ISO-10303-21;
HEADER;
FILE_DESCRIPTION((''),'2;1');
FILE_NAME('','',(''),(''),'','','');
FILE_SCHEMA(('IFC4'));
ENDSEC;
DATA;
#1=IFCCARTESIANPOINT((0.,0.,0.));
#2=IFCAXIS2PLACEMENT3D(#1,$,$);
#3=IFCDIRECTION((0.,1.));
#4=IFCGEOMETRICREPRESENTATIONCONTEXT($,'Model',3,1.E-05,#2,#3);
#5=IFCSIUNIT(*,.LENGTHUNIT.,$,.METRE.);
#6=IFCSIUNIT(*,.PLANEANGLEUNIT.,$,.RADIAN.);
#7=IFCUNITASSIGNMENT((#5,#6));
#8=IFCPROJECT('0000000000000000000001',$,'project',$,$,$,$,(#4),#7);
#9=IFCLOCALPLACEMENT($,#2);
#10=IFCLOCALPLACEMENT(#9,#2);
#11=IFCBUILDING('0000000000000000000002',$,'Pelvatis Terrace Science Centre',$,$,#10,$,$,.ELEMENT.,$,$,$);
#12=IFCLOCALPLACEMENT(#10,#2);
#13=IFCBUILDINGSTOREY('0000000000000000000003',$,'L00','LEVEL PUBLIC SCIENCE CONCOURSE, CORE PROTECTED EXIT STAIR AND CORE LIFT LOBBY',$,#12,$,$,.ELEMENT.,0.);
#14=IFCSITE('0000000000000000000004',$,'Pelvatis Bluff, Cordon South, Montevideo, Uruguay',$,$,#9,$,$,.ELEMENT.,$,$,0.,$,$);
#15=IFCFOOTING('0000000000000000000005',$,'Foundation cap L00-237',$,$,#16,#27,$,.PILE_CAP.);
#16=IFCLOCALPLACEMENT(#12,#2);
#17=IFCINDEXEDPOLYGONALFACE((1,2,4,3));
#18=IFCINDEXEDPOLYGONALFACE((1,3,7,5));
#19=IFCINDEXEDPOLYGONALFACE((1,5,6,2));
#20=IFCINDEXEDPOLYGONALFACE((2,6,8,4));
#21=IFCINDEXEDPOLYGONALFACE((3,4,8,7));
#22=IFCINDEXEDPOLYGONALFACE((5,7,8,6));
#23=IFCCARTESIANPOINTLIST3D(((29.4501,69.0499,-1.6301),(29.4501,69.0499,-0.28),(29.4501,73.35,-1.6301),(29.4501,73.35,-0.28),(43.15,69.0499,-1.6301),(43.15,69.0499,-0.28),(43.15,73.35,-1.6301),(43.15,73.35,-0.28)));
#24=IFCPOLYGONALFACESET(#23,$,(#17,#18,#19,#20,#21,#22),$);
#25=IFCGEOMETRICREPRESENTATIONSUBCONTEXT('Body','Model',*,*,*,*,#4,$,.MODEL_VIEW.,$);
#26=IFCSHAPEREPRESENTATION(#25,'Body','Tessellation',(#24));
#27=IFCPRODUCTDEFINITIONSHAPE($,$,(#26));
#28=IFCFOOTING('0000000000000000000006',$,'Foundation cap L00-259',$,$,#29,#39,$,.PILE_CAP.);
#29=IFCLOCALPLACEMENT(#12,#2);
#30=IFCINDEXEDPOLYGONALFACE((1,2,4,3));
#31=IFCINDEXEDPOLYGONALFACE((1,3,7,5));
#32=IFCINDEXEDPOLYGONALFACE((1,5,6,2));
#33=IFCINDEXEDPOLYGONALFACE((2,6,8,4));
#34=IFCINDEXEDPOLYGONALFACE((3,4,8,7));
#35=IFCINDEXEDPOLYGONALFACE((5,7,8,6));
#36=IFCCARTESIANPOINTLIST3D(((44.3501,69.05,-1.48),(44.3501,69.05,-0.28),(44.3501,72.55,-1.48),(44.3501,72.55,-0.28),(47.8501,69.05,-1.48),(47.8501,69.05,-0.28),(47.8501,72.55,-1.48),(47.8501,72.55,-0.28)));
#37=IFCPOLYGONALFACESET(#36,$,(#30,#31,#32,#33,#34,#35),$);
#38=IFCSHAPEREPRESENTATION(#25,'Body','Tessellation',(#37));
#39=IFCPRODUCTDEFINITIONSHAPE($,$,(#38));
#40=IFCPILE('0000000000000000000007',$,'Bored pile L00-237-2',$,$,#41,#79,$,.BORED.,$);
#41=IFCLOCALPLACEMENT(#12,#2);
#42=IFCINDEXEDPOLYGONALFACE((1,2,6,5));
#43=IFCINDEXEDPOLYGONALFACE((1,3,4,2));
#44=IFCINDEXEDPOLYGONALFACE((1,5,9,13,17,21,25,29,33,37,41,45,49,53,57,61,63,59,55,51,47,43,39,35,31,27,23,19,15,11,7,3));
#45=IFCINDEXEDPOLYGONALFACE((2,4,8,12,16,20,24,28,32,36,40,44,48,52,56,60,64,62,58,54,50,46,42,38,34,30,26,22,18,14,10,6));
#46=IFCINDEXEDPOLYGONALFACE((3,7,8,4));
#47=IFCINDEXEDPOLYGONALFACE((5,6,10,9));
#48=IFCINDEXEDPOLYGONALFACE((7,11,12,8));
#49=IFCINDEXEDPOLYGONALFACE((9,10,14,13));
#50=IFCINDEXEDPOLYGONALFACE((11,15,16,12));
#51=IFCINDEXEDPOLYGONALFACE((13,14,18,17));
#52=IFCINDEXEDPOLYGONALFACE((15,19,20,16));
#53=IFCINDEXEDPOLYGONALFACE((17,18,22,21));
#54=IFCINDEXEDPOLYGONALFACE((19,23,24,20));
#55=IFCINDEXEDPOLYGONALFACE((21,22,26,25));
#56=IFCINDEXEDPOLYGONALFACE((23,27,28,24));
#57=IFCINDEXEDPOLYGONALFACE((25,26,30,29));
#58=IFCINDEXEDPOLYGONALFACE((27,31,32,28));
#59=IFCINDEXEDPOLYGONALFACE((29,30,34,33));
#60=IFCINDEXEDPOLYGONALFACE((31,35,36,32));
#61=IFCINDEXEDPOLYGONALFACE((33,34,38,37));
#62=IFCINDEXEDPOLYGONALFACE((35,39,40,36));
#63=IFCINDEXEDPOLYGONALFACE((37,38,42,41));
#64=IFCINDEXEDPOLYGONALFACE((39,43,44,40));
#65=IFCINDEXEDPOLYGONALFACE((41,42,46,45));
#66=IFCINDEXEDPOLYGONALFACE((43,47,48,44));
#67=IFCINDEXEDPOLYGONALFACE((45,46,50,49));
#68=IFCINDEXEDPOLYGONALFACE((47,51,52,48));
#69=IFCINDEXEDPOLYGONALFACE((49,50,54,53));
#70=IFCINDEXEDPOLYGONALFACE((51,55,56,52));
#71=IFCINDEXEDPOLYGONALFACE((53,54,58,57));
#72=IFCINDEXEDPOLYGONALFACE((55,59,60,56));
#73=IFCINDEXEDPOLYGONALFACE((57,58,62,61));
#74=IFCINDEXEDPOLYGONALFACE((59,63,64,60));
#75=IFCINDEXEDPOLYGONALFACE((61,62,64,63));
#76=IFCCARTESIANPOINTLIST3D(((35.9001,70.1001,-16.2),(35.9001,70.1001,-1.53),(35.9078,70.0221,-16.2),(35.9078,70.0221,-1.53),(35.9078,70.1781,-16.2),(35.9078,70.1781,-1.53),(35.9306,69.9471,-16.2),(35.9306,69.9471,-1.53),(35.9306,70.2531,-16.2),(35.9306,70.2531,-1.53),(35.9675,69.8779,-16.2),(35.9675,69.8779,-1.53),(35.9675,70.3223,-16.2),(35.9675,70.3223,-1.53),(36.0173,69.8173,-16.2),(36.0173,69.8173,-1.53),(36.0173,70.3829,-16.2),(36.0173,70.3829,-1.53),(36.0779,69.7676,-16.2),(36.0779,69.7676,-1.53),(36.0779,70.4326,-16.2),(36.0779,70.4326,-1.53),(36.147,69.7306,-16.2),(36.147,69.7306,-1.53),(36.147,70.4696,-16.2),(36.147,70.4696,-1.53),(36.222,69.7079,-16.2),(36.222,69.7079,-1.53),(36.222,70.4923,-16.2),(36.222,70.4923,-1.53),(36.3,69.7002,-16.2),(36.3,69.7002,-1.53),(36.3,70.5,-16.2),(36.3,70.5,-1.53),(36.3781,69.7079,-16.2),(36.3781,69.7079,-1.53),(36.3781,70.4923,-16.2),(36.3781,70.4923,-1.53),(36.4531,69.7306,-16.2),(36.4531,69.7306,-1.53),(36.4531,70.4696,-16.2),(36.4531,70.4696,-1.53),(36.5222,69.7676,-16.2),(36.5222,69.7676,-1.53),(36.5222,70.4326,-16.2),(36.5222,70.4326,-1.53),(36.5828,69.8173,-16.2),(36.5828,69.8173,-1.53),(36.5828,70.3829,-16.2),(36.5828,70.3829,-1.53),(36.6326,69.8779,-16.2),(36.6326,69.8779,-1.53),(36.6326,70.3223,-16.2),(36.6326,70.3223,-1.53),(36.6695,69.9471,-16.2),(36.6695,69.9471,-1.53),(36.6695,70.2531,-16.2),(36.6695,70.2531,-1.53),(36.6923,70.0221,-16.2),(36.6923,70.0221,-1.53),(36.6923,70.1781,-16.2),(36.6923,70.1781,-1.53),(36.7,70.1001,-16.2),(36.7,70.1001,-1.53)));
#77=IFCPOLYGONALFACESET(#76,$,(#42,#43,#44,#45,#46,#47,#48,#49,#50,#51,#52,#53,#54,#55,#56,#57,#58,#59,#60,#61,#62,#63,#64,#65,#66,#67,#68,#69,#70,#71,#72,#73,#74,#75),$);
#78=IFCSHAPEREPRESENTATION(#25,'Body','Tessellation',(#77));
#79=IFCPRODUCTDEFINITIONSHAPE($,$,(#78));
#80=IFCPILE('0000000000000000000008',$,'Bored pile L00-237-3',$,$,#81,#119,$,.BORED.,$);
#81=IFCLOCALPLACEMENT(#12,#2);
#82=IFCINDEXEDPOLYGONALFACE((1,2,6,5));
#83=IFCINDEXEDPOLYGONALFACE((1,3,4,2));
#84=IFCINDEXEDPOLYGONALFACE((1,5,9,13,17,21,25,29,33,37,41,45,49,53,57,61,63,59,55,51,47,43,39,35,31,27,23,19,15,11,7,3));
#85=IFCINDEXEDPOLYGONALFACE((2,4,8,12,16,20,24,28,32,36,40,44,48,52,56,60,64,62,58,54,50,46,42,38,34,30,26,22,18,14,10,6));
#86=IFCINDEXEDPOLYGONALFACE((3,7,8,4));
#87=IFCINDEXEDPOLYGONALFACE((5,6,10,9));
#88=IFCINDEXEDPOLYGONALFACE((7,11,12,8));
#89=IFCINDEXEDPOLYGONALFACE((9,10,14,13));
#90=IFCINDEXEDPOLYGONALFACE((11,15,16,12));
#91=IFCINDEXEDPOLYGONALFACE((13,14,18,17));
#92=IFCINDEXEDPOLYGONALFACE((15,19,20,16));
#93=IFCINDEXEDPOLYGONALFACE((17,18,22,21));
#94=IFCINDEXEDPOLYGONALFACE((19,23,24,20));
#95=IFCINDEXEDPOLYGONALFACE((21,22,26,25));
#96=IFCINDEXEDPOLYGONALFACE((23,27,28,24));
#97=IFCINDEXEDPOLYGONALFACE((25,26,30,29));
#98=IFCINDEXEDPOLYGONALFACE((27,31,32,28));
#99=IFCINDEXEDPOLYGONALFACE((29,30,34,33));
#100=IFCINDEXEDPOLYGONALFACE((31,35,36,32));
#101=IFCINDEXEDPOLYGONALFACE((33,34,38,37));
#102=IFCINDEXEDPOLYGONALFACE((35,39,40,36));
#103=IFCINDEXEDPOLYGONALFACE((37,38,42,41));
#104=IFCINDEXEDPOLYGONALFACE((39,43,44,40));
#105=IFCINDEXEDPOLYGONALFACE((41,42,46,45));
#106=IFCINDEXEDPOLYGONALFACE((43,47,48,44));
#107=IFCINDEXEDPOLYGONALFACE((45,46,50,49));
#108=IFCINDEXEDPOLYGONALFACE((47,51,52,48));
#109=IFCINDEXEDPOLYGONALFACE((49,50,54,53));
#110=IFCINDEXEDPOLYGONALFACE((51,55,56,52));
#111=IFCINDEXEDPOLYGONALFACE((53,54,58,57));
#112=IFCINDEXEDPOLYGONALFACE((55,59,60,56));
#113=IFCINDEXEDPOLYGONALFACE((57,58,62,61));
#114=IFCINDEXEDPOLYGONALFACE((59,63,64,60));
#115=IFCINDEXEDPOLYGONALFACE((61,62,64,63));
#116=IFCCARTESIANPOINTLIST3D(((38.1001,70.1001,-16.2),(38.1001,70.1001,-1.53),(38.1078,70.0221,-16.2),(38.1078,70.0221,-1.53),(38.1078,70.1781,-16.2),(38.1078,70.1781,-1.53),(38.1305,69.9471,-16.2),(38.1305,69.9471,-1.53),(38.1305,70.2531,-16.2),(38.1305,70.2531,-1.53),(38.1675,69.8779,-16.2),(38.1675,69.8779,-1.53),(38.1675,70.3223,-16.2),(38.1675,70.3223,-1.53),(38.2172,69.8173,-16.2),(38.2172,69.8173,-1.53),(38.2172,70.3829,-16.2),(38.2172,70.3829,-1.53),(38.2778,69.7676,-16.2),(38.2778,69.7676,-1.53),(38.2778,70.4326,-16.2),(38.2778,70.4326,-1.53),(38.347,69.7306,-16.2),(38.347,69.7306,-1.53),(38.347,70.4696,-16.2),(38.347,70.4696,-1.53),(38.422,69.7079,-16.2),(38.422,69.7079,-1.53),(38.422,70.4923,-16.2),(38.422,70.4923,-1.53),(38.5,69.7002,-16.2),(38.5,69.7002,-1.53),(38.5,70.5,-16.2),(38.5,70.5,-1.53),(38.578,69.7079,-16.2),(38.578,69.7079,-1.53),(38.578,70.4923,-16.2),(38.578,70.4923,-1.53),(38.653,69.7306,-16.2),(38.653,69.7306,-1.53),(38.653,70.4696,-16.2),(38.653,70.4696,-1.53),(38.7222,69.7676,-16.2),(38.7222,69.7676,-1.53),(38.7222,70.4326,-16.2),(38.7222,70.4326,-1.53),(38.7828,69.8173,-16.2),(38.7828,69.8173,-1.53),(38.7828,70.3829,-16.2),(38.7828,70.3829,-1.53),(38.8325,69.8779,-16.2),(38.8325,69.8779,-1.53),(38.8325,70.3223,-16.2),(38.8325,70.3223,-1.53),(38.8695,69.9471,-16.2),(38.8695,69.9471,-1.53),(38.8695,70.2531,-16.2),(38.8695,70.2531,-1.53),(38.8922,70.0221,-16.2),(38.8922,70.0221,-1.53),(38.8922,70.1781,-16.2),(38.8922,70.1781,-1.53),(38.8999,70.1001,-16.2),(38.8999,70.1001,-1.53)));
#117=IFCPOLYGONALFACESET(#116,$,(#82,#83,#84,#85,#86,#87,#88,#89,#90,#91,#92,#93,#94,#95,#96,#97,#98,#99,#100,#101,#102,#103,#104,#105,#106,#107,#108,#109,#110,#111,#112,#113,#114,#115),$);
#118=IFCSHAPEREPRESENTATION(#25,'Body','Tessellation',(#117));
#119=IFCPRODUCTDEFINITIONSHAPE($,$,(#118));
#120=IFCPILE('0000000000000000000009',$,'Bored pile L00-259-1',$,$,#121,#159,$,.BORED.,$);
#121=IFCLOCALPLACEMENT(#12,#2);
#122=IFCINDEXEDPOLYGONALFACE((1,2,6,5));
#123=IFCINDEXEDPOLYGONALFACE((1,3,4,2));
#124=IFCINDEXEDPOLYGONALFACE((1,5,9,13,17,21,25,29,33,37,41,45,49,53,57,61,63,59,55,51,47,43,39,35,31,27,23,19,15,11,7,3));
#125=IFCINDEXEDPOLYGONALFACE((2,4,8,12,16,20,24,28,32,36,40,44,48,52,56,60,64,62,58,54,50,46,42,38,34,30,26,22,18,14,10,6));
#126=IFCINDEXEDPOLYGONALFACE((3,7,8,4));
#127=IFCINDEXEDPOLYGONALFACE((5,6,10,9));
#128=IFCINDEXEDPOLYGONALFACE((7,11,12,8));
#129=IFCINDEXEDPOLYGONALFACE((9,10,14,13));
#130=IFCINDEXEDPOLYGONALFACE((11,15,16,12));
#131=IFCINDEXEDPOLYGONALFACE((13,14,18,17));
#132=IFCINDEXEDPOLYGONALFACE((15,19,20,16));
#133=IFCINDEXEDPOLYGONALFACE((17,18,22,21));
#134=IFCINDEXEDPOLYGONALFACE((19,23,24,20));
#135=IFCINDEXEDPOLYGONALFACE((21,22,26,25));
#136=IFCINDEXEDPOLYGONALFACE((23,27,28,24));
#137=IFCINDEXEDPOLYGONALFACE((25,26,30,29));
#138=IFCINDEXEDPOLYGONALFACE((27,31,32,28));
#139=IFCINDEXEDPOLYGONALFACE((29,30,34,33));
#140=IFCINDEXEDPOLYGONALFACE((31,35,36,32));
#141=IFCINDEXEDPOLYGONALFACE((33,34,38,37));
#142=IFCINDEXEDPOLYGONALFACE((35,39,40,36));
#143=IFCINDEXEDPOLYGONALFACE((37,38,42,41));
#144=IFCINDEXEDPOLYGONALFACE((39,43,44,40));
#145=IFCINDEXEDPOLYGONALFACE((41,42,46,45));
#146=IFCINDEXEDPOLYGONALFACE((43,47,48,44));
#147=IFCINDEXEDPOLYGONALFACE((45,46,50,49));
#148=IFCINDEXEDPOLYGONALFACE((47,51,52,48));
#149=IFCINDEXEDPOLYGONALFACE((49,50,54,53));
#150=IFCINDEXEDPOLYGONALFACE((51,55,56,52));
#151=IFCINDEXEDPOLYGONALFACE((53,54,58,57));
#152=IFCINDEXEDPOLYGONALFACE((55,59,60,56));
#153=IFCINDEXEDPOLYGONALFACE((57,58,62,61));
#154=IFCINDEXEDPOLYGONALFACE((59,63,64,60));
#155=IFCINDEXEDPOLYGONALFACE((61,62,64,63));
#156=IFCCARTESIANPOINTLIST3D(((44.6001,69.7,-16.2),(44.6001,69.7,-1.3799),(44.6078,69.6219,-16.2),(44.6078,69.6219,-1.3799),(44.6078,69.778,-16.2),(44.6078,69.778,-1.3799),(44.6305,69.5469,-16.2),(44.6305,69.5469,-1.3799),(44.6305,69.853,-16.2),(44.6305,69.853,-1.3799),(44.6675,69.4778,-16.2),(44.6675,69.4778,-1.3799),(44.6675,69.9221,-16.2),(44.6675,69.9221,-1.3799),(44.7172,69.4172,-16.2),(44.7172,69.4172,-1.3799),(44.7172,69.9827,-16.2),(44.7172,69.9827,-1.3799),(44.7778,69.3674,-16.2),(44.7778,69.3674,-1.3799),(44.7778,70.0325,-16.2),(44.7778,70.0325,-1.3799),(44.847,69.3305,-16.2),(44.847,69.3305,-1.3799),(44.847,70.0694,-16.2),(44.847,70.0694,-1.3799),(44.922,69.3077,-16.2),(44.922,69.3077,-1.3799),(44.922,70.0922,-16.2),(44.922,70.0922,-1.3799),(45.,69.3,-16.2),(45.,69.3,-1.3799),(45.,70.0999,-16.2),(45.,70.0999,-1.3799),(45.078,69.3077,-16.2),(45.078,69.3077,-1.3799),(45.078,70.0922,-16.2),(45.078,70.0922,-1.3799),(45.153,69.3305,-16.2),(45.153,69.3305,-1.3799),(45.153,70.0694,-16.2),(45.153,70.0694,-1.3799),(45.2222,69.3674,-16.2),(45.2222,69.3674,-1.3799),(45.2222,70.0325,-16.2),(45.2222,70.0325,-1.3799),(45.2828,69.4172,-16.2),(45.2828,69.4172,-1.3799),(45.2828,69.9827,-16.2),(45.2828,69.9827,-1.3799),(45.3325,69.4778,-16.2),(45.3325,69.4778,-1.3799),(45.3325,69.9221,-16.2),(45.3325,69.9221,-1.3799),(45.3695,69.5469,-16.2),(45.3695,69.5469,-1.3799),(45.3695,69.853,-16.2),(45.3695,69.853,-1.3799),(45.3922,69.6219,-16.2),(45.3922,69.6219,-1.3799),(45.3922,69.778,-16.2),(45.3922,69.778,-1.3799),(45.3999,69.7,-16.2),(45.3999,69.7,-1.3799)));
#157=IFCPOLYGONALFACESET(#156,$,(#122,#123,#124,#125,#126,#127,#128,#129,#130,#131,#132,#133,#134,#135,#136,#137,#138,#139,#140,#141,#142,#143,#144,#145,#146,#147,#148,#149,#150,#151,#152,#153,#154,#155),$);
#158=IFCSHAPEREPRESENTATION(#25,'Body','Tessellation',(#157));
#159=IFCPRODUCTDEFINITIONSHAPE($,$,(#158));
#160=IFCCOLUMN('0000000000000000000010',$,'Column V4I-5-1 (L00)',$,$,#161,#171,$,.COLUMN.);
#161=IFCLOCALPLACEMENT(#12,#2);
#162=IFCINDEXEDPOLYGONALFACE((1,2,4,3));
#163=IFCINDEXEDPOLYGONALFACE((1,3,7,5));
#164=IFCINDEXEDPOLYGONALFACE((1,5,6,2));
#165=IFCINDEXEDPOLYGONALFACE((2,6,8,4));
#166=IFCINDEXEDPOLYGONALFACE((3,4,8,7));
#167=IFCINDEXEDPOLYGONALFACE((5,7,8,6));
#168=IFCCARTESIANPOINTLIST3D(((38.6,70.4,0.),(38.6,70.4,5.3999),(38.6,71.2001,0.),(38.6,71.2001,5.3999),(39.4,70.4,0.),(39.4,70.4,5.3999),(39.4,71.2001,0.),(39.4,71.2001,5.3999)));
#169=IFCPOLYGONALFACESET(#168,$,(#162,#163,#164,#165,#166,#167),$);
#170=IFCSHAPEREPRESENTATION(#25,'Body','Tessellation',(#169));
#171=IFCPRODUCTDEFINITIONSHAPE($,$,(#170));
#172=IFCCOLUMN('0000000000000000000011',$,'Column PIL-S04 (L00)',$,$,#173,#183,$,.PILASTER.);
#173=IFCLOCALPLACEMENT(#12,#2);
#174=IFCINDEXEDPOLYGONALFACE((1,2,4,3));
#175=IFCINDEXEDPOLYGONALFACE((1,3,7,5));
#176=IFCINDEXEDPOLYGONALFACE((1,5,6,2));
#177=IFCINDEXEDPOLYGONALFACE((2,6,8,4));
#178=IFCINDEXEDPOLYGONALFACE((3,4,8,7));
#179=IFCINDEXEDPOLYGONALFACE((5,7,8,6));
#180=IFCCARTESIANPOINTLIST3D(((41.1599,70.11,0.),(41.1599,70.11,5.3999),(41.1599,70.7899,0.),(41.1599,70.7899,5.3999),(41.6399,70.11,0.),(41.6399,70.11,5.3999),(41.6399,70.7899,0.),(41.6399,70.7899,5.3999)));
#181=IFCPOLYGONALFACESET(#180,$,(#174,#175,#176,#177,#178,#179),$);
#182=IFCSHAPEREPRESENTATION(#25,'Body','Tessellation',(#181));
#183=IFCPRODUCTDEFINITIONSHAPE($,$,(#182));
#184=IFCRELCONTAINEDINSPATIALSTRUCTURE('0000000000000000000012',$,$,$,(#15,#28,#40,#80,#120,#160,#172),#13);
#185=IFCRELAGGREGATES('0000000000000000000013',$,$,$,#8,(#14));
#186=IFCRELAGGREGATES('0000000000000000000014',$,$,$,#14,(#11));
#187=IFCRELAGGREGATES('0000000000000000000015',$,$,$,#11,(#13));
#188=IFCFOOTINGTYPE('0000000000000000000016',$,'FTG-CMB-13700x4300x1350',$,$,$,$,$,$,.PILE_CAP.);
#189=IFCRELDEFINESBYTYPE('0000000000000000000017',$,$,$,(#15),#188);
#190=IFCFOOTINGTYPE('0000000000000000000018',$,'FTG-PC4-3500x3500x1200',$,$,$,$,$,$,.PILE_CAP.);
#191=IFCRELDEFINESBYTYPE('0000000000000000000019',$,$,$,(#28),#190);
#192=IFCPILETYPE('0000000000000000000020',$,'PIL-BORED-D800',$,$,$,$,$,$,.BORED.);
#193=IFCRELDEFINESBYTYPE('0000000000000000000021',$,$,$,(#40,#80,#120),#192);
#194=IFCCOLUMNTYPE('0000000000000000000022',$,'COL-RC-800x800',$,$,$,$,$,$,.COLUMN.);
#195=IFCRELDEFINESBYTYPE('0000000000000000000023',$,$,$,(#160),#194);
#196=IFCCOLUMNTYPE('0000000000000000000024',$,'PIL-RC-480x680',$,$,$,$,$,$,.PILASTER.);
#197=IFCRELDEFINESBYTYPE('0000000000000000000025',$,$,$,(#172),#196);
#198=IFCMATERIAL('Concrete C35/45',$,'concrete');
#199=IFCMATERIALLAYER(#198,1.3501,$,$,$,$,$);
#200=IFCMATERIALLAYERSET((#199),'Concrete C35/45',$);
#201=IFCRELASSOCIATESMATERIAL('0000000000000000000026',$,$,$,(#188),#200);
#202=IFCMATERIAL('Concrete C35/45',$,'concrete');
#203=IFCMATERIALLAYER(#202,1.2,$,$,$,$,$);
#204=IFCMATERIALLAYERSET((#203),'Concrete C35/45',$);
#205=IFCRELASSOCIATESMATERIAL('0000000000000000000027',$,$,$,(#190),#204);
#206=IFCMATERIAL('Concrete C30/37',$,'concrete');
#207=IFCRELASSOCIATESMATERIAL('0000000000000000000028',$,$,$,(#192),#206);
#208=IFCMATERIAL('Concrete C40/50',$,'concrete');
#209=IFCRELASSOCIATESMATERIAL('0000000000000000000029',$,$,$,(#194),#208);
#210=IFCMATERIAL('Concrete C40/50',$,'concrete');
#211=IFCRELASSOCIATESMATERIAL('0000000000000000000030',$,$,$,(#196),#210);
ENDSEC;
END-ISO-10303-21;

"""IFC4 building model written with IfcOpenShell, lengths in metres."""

from ifc_helpers import new_model, si_unit, direction, frame, origin, origin_2d, place, context, subcontext, project, spatial, rectangle, circle, extrude, material, layer, layer_set, material_profile, profile_set, type_object, element, save


model = new_model("IFC4")

# Units and contexts
model_context = context("Model", 3, precision=1e-05, world=origin(), true_north=direction((0.0, 1.0)))
body_context = subcontext(model_context, "Body", "Model", "MODEL_VIEW")
ifc_project = project(units=[si_unit("LENGTHUNIT", "METRE"), si_unit("PLANEANGLEUNIT", "RADIAN")], contexts=[model_context])

# Site, building, storey
site_placement = place(None, origin())
site = spatial("IfcSite", under=ifc_project, at=site_placement, Name="Pelvatis Bluff, Cordon South, Montevideo, Uruguay", CompositionType="ELEMENT", RefElevation=0.0)
building_placement = place(site_placement, origin())
building = spatial("IfcBuilding", under=site, at=building_placement, Name="Pelvatis Terrace Science Centre", CompositionType="ELEMENT")
storey_placement = place(building_placement, origin())
storey = spatial("IfcBuildingStorey", under=building, at=storey_placement, Name="L00", Description="LEVEL PUBLIC SCIENCE CONCOURSE, CORE PROTECTED EXIT STAIR AND CORE LIFT LOBBY", CompositionType="ELEMENT", Elevation=0.0)

# Footings
ifc_material_1 = material(Name="Concrete C35/45", Category="concrete")
ifc_layer_1 = layer(ifc_material_1, 1.3501)
ifc_layer_set_1 = layer_set([ifc_layer_1], Name="Concrete C35/45")
footing_type_1 = type_object("IfcFootingType", Name="FTG-CMB-13700x4300x1350", PredefinedType="PILE_CAP", material=ifc_layer_set_1)
footing_1_placement = place(storey_placement, frame((36.3, 71.2, -1.6301), z_axis=(0.0, 0.0, 1.0), x_axis=(1.0, 0.0, 0.0)))
element("IfcFooting", 1, at=footing_1_placement, inside=storey, type_object=footing_type_1, Name="Foundation cap L00-237", PredefinedType="PILE_CAP", context=body_context, shape_type="SweptSolid", body=[
    extrude(rectangle(XDim=13.7, YDim=4.3, at=origin_2d()), origin(), (0.0, 0.0, 1.0), 1.3501),
])
ifc_material_2 = material(Name="Concrete C35/45", Category="concrete")
ifc_layer_2 = layer(ifc_material_2, 1.2)
ifc_layer_set_2 = layer_set([ifc_layer_2], Name="Concrete C35/45")
footing_type_2 = type_object("IfcFootingType", Name="FTG-PC4-3500x3500x1200", PredefinedType="PILE_CAP", material=ifc_layer_set_2)
footing_2_placement = place(storey_placement, frame((46.1001, 70.8, -1.48), z_axis=(0.0, 0.0, 1.0), x_axis=(1.0, 0.0, 0.0)))
element("IfcFooting", 2, at=footing_2_placement, inside=storey, type_object=footing_type_2, Name="Foundation cap L00-259", PredefinedType="PILE_CAP", context=body_context, shape_type="SweptSolid", body=[
    extrude(rectangle(XDim=3.5, YDim=3.5, at=origin_2d()), origin(), (0.0, 0.0, 1.0), 1.2),
])

# Piles
ifc_material_3 = material(Name="Concrete C30/37", Category="concrete")
ifc_material_profile_1 = material_profile(ifc_material_3, circle(Radius=0.3999, at=origin_2d()), Name="PILE D800")
ifc_profile_set_1 = profile_set([ifc_material_profile_1], Name="Concrete C30/37")
pile_type = type_object("IfcPileType", Name="PIL-BORED-D800", PredefinedType="BORED", material=ifc_profile_set_1)
for number, where, z_axis, x_axis, name in (
    (3, (36.3, 70.1001, -1.53), (0.0, 0.0, -1.0), (1.0, 0.0, 0.0), "Bored pile L00-237-2"),
    (4, (38.5, 70.1001, -1.53), (0.0, 0.0, -1.0), (1.0, 0.0, 0.0), "Bored pile L00-237-3"),
):
    element("IfcPile", number, at=place(storey_placement, frame(where, z_axis=z_axis, x_axis=x_axis)), inside=storey, type_object=pile_type, Name=name, PredefinedType="BORED", context=body_context, shape_type="SweptSolid", body=[
        extrude(circle(Radius=0.3999, at=origin_2d()), origin(), (0.0, 0.0, 1.0), 14.6699),
    ])
pile_placement = place(storey_placement, frame((45.0, 69.7, -1.3799), z_axis=(0.0, 0.0, -1.0), x_axis=(1.0, 0.0, 0.0)))
element("IfcPile", 5, at=pile_placement, inside=storey, type_object=pile_type, Name="Bored pile L00-259-1", PredefinedType="BORED", context=body_context, shape_type="SweptSolid", body=[
    extrude(circle(Radius=0.3999, at=origin_2d()), origin(), (0.0, 0.0, 1.0), 14.8201),
])

# Columns
ifc_material_4 = material(Name="Concrete C40/50", Category="concrete")
ifc_material_profile_2 = material_profile(ifc_material_4, rectangle(XDim=0.8, YDim=0.8, at=origin_2d()), Name="RC-COL 800x800")
ifc_profile_set_2 = profile_set([ifc_material_profile_2], Name="Concrete C40/50")
column_type_1 = type_object("IfcColumnType", Name="COL-RC-800x800", PredefinedType="COLUMN", material=ifc_profile_set_2)
column_1_placement = place(storey_placement, frame((39.0, 70.8, 0.0), z_axis=(0.0, 0.0, 1.0), x_axis=(1.0, 0.0, 0.0)))
element("IfcColumn", 6, at=column_1_placement, inside=storey, type_object=column_type_1, Name="Column V4I-5-1 (L00)", PredefinedType="COLUMN", context=body_context, shape_type="SweptSolid", body=[
    extrude(rectangle(XDim=0.8, YDim=0.8, at=origin_2d()), origin(), (0.0, 0.0, 1.0), 5.3999),
])
ifc_material_5 = material(Name="Concrete C40/50", Category="concrete")
ifc_material_profile_3 = material_profile(ifc_material_5, rectangle(XDim=0.48, YDim=0.6799, at=origin_2d()), Name="RC-PIL 480x680")
ifc_profile_set_3 = profile_set([ifc_material_profile_3], Name="Concrete C40/50")
column_type_2 = type_object("IfcColumnType", Name="PIL-RC-480x680", PredefinedType="PILASTER", material=ifc_profile_set_3)
column_2_placement = place(storey_placement, frame((41.3999, 70.45, 0.0), z_axis=(0.0, 0.0, 1.0), x_axis=(1.0, 0.0, 0.0)))
element("IfcColumn", 7, at=column_2_placement, inside=storey, type_object=column_type_2, Name="Column PIL-S04 (L00)", PredefinedType="PILASTER", context=body_context, shape_type="SweptSolid", body=[
    extrude(rectangle(XDim=0.48, YDim=0.6799, at=origin_2d()), origin(), (0.0, 0.0, 1.0), 5.3999),
])

save(model, "model.ifc")
